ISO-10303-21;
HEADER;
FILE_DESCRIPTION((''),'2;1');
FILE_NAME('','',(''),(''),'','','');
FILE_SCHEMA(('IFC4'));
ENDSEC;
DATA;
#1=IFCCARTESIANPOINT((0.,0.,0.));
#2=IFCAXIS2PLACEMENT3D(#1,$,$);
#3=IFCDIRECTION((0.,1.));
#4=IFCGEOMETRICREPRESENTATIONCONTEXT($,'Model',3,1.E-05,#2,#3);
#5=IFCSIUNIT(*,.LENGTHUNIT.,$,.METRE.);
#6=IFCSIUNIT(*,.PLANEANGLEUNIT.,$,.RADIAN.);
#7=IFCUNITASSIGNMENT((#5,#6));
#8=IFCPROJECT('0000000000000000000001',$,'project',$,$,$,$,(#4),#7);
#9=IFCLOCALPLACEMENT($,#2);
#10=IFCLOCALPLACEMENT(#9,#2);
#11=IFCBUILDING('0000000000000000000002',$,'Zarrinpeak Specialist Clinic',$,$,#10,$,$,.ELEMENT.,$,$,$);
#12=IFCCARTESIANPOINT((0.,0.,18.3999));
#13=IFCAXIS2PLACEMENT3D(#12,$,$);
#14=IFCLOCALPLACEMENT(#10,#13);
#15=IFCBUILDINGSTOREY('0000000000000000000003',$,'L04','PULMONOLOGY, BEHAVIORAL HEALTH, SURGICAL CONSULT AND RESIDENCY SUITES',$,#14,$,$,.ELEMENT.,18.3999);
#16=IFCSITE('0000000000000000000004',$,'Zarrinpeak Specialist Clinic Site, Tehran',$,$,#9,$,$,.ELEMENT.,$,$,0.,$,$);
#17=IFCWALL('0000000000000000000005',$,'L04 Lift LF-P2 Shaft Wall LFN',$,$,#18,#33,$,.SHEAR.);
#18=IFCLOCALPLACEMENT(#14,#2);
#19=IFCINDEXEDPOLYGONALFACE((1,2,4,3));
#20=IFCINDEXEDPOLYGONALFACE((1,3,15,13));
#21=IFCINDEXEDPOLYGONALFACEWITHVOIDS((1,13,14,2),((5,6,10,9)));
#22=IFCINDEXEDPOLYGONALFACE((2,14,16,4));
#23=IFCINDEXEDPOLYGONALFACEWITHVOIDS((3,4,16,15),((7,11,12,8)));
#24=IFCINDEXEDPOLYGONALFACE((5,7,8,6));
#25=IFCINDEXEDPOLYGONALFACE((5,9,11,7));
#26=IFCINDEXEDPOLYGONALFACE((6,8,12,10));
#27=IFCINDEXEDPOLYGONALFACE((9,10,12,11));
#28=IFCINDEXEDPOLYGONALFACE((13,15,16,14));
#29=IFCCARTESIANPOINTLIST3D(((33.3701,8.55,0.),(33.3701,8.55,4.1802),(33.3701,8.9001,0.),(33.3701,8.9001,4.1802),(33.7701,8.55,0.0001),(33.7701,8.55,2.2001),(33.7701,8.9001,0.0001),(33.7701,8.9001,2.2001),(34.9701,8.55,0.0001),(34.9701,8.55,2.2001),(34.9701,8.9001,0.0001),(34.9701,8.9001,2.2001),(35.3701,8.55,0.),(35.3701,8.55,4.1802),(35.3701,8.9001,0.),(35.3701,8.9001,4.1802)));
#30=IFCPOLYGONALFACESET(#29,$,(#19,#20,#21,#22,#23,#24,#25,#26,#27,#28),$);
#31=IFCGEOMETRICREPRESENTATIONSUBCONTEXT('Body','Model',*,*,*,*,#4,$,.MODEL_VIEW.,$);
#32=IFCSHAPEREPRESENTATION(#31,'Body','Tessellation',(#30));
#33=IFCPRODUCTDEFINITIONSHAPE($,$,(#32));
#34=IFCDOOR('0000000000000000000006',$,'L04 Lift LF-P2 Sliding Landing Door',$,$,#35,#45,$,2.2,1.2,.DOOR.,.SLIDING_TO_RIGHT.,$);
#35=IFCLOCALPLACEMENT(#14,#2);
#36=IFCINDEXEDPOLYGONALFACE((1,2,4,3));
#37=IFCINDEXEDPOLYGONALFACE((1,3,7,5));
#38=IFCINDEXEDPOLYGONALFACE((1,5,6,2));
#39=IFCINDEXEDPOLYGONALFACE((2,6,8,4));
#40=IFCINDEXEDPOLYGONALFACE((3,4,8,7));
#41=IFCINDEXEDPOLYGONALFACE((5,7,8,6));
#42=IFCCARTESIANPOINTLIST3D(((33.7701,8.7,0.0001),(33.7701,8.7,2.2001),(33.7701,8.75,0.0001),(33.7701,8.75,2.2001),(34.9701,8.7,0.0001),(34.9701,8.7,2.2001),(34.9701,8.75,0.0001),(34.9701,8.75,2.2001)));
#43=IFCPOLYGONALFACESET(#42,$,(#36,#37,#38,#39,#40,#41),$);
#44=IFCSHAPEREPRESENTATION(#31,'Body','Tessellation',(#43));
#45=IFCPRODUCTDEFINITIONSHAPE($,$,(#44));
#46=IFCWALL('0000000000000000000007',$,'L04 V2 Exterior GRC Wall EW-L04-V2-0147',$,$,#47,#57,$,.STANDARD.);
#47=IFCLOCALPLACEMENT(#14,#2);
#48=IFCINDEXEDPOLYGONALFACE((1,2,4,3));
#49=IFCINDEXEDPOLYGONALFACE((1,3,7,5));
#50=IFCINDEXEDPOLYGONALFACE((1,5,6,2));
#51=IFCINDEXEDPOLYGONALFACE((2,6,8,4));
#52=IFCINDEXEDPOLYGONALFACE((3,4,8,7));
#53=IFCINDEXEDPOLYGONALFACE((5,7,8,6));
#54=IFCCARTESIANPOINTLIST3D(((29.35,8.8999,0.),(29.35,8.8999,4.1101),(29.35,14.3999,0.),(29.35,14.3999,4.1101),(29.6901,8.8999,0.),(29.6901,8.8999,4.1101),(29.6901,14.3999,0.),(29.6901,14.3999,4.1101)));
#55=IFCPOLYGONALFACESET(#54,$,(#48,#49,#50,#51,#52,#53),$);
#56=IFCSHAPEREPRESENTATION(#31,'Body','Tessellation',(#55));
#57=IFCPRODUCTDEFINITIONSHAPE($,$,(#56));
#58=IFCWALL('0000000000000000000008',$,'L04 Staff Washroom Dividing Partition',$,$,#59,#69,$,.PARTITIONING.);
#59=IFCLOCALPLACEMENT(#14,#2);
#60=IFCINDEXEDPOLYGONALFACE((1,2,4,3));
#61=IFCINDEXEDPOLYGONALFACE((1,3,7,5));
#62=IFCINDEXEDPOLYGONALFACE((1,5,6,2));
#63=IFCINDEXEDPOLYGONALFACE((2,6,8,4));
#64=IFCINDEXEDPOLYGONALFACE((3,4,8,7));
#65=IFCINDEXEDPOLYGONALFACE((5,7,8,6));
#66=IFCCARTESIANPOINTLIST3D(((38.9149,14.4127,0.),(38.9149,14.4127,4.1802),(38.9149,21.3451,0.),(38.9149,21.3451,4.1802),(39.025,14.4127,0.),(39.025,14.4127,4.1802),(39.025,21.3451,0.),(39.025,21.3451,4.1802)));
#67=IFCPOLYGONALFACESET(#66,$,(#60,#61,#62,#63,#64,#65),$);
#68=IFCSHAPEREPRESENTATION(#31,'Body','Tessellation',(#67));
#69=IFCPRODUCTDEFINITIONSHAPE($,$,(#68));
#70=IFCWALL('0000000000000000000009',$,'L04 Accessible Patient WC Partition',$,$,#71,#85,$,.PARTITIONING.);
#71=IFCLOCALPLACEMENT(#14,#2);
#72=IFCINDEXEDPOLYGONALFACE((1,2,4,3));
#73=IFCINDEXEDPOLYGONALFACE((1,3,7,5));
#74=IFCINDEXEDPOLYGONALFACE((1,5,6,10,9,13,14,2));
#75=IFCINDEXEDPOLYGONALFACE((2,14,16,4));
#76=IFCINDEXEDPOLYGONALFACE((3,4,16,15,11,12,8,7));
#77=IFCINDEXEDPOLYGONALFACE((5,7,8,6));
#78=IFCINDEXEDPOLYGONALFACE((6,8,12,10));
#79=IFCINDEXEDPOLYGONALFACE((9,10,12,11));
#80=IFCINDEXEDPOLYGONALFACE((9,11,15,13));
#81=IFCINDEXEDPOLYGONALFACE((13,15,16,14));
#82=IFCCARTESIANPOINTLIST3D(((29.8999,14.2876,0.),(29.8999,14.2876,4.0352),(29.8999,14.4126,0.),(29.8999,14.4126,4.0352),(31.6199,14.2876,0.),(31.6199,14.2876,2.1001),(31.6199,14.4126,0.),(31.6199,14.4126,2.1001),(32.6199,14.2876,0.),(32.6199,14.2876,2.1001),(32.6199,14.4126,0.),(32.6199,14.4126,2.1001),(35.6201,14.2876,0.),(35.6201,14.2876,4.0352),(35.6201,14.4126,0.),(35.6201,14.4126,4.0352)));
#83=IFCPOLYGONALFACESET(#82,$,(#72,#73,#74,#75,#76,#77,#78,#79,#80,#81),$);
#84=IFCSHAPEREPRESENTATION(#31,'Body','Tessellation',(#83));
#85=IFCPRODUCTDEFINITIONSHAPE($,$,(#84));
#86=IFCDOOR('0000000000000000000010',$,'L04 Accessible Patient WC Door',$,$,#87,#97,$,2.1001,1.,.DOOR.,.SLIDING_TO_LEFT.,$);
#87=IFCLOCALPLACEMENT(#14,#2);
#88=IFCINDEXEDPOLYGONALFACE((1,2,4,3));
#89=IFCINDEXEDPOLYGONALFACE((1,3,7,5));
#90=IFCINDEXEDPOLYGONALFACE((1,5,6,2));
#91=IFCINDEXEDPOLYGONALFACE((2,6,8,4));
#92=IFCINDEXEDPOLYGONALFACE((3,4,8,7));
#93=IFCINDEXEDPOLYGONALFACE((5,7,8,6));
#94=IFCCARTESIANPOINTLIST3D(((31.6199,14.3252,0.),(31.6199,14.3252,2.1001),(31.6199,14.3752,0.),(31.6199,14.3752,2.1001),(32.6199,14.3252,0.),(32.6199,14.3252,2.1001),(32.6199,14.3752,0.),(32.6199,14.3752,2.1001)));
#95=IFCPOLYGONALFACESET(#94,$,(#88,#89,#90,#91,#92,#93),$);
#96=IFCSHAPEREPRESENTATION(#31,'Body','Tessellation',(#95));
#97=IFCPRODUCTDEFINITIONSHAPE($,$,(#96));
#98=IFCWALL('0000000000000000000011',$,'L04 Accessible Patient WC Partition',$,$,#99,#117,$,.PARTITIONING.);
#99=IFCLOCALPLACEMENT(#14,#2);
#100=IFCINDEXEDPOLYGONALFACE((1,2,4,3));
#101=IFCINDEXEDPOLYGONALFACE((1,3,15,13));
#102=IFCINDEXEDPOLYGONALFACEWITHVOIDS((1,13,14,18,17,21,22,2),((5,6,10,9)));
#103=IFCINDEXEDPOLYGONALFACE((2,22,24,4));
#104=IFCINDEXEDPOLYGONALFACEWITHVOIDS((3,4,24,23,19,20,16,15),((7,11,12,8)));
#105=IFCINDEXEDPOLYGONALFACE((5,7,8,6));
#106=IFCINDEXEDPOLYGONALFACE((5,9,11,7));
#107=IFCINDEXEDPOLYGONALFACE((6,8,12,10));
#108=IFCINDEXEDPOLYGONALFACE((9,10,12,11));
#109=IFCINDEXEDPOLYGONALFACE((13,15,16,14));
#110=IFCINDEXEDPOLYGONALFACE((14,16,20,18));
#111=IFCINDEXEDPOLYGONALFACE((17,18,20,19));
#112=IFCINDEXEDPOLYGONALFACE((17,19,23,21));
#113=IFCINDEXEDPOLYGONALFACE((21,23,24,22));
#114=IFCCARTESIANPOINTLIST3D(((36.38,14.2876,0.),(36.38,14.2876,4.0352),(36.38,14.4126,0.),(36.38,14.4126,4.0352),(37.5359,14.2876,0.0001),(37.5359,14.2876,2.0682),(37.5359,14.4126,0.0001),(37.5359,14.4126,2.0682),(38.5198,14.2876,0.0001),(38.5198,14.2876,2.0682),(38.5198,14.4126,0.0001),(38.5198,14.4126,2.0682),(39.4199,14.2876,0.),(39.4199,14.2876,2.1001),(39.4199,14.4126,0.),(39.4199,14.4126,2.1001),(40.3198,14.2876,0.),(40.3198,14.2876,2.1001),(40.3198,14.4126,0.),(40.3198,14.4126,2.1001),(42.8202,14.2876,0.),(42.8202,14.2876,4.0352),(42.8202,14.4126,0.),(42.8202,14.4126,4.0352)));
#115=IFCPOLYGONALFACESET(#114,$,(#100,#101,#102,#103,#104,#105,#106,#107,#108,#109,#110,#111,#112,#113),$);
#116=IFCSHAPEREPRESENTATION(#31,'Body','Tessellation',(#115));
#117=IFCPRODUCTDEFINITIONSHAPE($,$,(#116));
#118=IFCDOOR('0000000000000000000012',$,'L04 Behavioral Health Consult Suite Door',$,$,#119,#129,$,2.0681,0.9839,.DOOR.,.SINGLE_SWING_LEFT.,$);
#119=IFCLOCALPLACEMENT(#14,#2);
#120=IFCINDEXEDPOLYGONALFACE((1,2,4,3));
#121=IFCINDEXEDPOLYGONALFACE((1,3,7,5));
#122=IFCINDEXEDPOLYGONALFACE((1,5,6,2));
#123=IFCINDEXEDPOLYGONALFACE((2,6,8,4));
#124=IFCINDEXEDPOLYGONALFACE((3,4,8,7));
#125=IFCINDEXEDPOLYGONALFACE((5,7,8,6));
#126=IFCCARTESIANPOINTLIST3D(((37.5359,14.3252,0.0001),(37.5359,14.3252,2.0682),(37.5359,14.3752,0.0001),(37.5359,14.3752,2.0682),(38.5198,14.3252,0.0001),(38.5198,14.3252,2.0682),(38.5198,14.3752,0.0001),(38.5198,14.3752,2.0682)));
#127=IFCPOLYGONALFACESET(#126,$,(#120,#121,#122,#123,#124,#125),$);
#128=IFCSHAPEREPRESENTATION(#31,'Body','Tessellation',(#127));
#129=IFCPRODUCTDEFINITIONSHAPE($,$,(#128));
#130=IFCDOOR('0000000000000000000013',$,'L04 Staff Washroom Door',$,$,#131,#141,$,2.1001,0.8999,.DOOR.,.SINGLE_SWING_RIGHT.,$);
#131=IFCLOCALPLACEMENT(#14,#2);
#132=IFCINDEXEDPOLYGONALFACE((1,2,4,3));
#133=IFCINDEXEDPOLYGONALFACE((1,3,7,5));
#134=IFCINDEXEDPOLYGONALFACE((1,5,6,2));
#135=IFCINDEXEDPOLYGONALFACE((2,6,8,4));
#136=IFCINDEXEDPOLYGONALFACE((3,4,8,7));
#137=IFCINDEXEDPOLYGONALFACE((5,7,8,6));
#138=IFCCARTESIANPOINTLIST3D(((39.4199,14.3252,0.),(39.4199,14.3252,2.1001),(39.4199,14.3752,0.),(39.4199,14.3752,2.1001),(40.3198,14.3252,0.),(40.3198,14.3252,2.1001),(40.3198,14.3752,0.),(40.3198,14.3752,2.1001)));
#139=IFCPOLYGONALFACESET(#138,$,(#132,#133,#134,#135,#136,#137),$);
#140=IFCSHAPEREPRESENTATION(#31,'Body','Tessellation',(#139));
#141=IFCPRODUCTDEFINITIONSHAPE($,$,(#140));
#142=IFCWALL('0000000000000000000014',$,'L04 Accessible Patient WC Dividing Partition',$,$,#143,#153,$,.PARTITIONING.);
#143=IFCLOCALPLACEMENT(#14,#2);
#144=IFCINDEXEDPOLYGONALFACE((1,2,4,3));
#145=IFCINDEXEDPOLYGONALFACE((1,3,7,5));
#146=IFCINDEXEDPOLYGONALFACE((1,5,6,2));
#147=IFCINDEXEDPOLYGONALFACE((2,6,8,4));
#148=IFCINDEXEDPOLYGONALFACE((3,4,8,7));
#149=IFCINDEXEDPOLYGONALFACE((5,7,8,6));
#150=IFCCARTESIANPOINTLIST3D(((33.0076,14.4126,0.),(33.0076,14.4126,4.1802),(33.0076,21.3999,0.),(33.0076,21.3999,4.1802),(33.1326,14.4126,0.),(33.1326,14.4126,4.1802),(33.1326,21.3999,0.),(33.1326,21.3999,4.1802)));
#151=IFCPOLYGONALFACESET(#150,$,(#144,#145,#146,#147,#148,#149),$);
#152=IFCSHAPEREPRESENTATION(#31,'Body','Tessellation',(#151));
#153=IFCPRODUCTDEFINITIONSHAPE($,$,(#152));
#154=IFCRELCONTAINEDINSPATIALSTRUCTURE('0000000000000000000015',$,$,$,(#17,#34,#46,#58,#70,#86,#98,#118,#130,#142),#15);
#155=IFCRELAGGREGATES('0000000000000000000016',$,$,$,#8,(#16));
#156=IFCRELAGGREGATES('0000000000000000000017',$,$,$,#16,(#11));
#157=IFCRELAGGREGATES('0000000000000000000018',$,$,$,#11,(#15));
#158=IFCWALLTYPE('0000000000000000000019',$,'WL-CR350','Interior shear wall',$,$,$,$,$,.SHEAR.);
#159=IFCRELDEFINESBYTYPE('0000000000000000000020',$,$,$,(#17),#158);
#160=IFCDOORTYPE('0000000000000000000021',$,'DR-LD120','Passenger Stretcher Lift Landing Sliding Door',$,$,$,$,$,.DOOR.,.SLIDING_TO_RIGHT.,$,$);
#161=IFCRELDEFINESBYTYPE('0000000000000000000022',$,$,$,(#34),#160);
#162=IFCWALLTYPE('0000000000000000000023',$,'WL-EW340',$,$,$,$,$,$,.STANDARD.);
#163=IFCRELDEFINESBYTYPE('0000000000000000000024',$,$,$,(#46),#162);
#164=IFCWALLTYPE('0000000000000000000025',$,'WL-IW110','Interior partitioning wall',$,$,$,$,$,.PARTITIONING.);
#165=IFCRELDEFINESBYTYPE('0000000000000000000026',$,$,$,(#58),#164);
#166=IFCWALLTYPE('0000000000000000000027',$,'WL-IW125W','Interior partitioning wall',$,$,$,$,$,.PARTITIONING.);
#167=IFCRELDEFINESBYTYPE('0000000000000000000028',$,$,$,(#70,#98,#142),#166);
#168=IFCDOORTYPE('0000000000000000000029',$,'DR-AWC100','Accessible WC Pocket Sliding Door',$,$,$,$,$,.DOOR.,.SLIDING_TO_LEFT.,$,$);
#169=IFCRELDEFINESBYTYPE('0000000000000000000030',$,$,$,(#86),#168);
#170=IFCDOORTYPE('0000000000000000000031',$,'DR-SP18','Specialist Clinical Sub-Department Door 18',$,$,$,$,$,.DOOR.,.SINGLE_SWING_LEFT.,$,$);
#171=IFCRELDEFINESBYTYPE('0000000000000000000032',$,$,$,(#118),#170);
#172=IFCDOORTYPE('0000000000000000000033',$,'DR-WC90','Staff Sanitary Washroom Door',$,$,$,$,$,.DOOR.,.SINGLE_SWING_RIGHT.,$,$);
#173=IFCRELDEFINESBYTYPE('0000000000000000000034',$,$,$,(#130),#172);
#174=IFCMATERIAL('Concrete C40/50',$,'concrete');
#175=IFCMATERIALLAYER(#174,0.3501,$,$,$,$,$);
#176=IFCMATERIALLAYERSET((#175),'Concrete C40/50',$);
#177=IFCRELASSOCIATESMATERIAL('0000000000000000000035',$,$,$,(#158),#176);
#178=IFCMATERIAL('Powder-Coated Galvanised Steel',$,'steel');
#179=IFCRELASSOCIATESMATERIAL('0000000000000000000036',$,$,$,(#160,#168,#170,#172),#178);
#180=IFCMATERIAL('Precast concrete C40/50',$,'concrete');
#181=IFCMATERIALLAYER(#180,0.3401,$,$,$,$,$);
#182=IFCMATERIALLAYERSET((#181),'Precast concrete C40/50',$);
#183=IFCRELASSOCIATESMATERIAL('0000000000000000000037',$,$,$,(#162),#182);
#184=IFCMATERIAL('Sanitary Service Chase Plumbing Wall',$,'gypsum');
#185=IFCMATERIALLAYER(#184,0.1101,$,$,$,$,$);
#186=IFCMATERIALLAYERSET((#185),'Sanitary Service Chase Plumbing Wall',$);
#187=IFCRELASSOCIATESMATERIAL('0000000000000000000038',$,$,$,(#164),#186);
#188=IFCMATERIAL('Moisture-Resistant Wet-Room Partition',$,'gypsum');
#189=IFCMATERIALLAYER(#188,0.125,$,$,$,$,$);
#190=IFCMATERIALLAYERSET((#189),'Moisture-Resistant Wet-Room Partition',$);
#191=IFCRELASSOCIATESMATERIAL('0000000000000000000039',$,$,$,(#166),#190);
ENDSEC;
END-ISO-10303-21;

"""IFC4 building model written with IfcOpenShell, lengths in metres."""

from ifc_helpers import new_model, si_unit, direction, frame, frame_2d, origin, place, context, subcontext, project, spatial, rectangle, extrude, material, layer, layer_set, type_object, element, fill, save


model = new_model("IFC4")

# Units and contexts
model_context = context("Model", 3, precision=1e-05, world=origin(), true_north=direction((0.0, 1.0)))
body_context = subcontext(model_context, "Body", "Model", "MODEL_VIEW")
ifc_project = project(units=[si_unit("LENGTHUNIT", "METRE"), si_unit("PLANEANGLEUNIT", "RADIAN")], contexts=[model_context])

# Site, building, storey
site_placement = place(None, origin())
site = spatial("IfcSite", under=ifc_project, at=site_placement, Name="Zarrinpeak Specialist Clinic Site, Tehran", CompositionType="ELEMENT", RefElevation=0.0)
building_placement = place(site_placement, origin())
building = spatial("IfcBuilding", under=site, at=building_placement, Name="Zarrinpeak Specialist Clinic", CompositionType="ELEMENT")
storey_placement = place(building_placement, frame((0.0, 0.0, 18.3999)))
storey = spatial("IfcBuildingStorey", under=building, at=storey_placement, Name="L04", Description="PULMONOLOGY, BEHAVIORAL HEALTH, SURGICAL CONSULT AND RESIDENCY SUITES", CompositionType="ELEMENT", Elevation=18.3999)

# Wall, opening, door
ifc_material_1 = material(Name="Concrete C40/50", Category="concrete")
ifc_layer_1 = layer(ifc_material_1, 0.3501)
ifc_layer_set_1 = layer_set([ifc_layer_1], Name="Concrete C40/50")
wall_type_1 = type_object("IfcWallType", Name="WL-CR350", Description="Interior shear wall", PredefinedType="SHEAR", material=ifc_layer_set_1)
ifc_material_2 = material(Name="Powder-Coated Galvanised Steel", Category="steel")
wall_1_placement = place(storey_placement, frame((33.3701, 8.7251, 0.0), z_axis=(0.0, 0.0, 1.0), x_axis=(1.0, 0.0, 0.0)))
wall_1 = element("IfcWall", 1, at=wall_1_placement, inside=storey, type_object=wall_type_1, Name="L04 Lift LF-P2 Shaft Wall LFN", PredefinedType="SHEAR", context=body_context, shape_type="SweptSolid", body=[
    extrude(rectangle(XDim=2.0, YDim=0.3501, at=frame_2d((1.0, 0.0))), origin(), (0.0, 0.0, 1.0), 4.1802),
])
opening_1_placement = place(wall_1_placement, frame((0.3999, 0.0, 0.0)))
opening_1 = element("IfcOpeningElement", 2, at=opening_1_placement, cuts=wall_1, PredefinedType="OPENING", context=body_context, shape_type="SweptSolid", body=[
    extrude(rectangle(XDim=1.2, YDim=2.2, at=frame_2d((0.6001, 1.1001))), frame((0.0, 0.1851, 0.0), z_axis=(0.0, -1.0, 0.0), x_axis=(1.0, 0.0, 0.0)), (0.0, 0.0, 1.0), 0.3701),
])
door_type_1 = type_object("IfcDoorType", Name="DR-LD120", Description="Passenger Stretcher Lift Landing Sliding Door", OperationType="SLIDING_TO_RIGHT", PredefinedType="DOOR", material=ifc_material_2)
door_1_placement = place(opening_1_placement, origin())
door_1 = element("IfcDoor", 3, at=door_1_placement, inside=storey, type_object=door_type_1, Name="L04 Lift LF-P2 Sliding Landing Door", OperationType="SLIDING_TO_RIGHT", OverallHeight=2.2, OverallWidth=1.2, PredefinedType="DOOR", context=body_context, shape_type="SweptSolid", body=[
    extrude(rectangle(XDim=1.2, YDim=2.2, at=frame_2d((0.6001, 1.1001))), frame((0.0, 0.0249, 0.0), z_axis=(0.0, -1.0, 0.0), x_axis=(1.0, 0.0, 0.0)), (0.0, 0.0, 1.0), 0.05),
])
fill(opening_1, door_1)

# Walls
ifc_material_3 = material(Name="Precast concrete C40/50", Category="concrete")
ifc_layer_2 = layer(ifc_material_3, 0.3401)
ifc_layer_set_2 = layer_set([ifc_layer_2], Name="Precast concrete C40/50")
wall_type_2 = type_object("IfcWallType", Name="WL-EW340", PredefinedType="STANDARD", material=ifc_layer_set_2)
wall_2_placement = place(storey_placement, frame((29.52, 14.3999, 0.0), z_axis=(0.0, 0.0, 1.0), x_axis=(0.0, -1.0, 0.0)))
element("IfcWall", 4, at=wall_2_placement, inside=storey, type_object=wall_type_2, Name="L04 V2 Exterior GRC Wall EW-L04-V2-0147", PredefinedType="STANDARD", context=body_context, shape_type="SweptSolid", body=[
    extrude(rectangle(XDim=5.5, YDim=0.3401, at=frame_2d((2.75, 0.0))), origin(), (0.0, 0.0, 1.0), 4.1101),
])
ifc_material_4 = material(Name="Sanitary Service Chase Plumbing Wall", Category="gypsum")
ifc_layer_3 = layer(ifc_material_4, 0.1101)
ifc_layer_set_3 = layer_set([ifc_layer_3], Name="Sanitary Service Chase Plumbing Wall")
wall_type_3 = type_object("IfcWallType", Name="WL-IW110", Description="Interior partitioning wall", PredefinedType="PARTITIONING", material=ifc_layer_set_3)
wall_3_placement = place(storey_placement, frame((38.97, 14.4126, 0.0), z_axis=(0.0, 0.0, 1.0), x_axis=(0.0, 1.0, 0.0)))
element("IfcWall", 5, at=wall_3_placement, inside=storey, type_object=wall_type_3, Name="L04 Staff Washroom Dividing Partition", PredefinedType="PARTITIONING", context=body_context, shape_type="SweptSolid", body=[
    extrude(rectangle(XDim=6.9324, YDim=0.1101, at=frame_2d((3.4663, 0.0))), origin(), (0.0, 0.0, 1.0), 4.1802),
])

# Wall, opening, door
ifc_material_5 = material(Name="Moisture-Resistant Wet-Room Partition", Category="gypsum")
ifc_layer_4 = layer(ifc_material_5, 0.125)
ifc_layer_set_4 = layer_set([ifc_layer_4], Name="Moisture-Resistant Wet-Room Partition")
wall_type_4 = type_object("IfcWallType", Name="WL-IW125W", Description="Interior partitioning wall", PredefinedType="PARTITIONING", material=ifc_layer_set_4)
wall_4_placement = place(storey_placement, frame((29.8999, 14.3501, 0.0), z_axis=(0.0, 0.0, 1.0), x_axis=(1.0, 0.0, 0.0)))
wall_4 = element("IfcWall", 6, at=wall_4_placement, inside=storey, type_object=wall_type_4, Name="L04 Accessible Patient WC Partition", PredefinedType="PARTITIONING", context=body_context, shape_type="SweptSolid", body=[
    extrude(rectangle(XDim=5.7202, YDim=0.125, at=frame_2d((2.8601, 0.0))), origin(), (0.0, 0.0, 1.0), 4.0352),
])
opening_2_placement = place(wall_4_placement, frame((1.72, 0.0, 0.0)))
opening_2 = element("IfcOpeningElement", 7, at=opening_2_placement, cuts=wall_4, PredefinedType="OPENING", context=body_context, shape_type="SweptSolid", body=[
    extrude(rectangle(XDim=1.0, YDim=2.1001, at=frame_2d((0.5, 1.05))), frame((0.0, 0.0725, 0.0), z_axis=(0.0, -1.0, 0.0), x_axis=(1.0, 0.0, 0.0)), (0.0, 0.0, 1.0), 0.145),
])
door_type_2 = type_object("IfcDoorType", Name="DR-AWC100", Description="Accessible WC Pocket Sliding Door", OperationType="SLIDING_TO_LEFT", PredefinedType="DOOR", material=ifc_material_2)
door_2_placement = place(opening_2_placement, frame((1.0, 0.0, 0.0), z_axis=(0.0, 0.0, 1.0), x_axis=(-1.0, 0.0, 0.0)))
door_2 = element("IfcDoor", 8, at=door_2_placement, inside=storey, type_object=door_type_2, Name="L04 Accessible Patient WC Door", OperationType="SLIDING_TO_LEFT", OverallHeight=2.1001, OverallWidth=1.0, PredefinedType="DOOR", context=body_context, shape_type="SweptSolid", body=[
    extrude(rectangle(XDim=1.0, YDim=2.1001, at=frame_2d((0.5, 1.05))), frame((0.0, 0.0249, 0.0), z_axis=(0.0, -1.0, 0.0), x_axis=(1.0, 0.0, 0.0)), (0.0, 0.0, 1.0), 0.05),
])
fill(opening_2, door_2)

# Wall, openings, doors
wall_5_placement = place(storey_placement, frame((36.3799, 14.3501, 0.0), z_axis=(0.0, 0.0, 1.0), x_axis=(1.0, 0.0, 0.0)))
wall_5 = element("IfcWall", 9, at=wall_5_placement, inside=storey, type_object=wall_type_4, Name="L04 Accessible Patient WC Partition", PredefinedType="PARTITIONING", context=body_context, shape_type="SweptSolid", body=[
    extrude(rectangle(XDim=6.4402, YDim=0.125, at=frame_2d((3.2202, 0.0))), origin(), (0.0, 0.0, 1.0), 4.0352),
])
opening_3_placement = place(wall_5_placement, frame((3.04, 0.0, 0.0)))
opening_3 = element("IfcOpeningElement", 10, at=opening_3_placement, cuts=wall_5, PredefinedType="OPENING", context=body_context, shape_type="SweptSolid", body=[
    extrude(rectangle(XDim=0.8999, YDim=2.1001, at=frame_2d((0.45, 1.05))), frame((0.0, 0.0725, 0.0), z_axis=(0.0, -1.0, 0.0), x_axis=(1.0, 0.0, 0.0)), (0.0, 0.0, 1.0), 0.145),
])
opening_4_placement = place(wall_5_placement, frame((1.156, 0.0, 0.0)))
opening_4 = element("IfcOpeningElement", 11, at=opening_4_placement, cuts=wall_5, PredefinedType="OPENING", context=body_context, shape_type="SweptSolid", body=[
    extrude(rectangle(XDim=0.9839, YDim=2.0681, at=frame_2d((0.4919, 1.0342))), frame((0.0, 0.0725, 0.0), z_axis=(0.0, -1.0, 0.0), x_axis=(1.0, 0.0, 0.0)), (0.0, 0.0, 1.0), 0.145),
])
door_type_3 = type_object("IfcDoorType", Name="DR-SP18", Description="Specialist Clinical Sub-Department Door 18", OperationType="SINGLE_SWING_LEFT", PredefinedType="DOOR", material=ifc_material_2)
door_3_placement = place(opening_4_placement, frame((0.9839, 0.0, 0.0), z_axis=(0.0, 0.0, 1.0), x_axis=(-1.0, 0.0, 0.0)))
door_3 = element("IfcDoor", 12, at=door_3_placement, inside=storey, type_object=door_type_3, Name="L04 Behavioral Health Consult Suite Door", OperationType="SINGLE_SWING_LEFT", OverallHeight=2.0681, OverallWidth=0.9839, PredefinedType="DOOR", context=body_context, shape_type="SweptSolid", body=[
    extrude(rectangle(XDim=0.9839, YDim=2.0681, at=frame_2d((0.4919, 1.0342))), frame((0.0, 0.0249, 0.0), z_axis=(0.0, -1.0, 0.0), x_axis=(1.0, 0.0, 0.0)), (0.0, 0.0, 1.0), 0.05),
])
fill(opening_4, door_3)
door_type_4 = type_object("IfcDoorType", Name="DR-WC90", Description="Staff Sanitary Washroom Door", OperationType="SINGLE_SWING_RIGHT", PredefinedType="DOOR", material=ifc_material_2)
door_4_placement = place(opening_3_placement, frame((0.8999, 0.0, 0.0), z_axis=(0.0, 0.0, 1.0), x_axis=(-1.0, 0.0, 0.0)))
door_4 = element("IfcDoor", 13, at=door_4_placement, inside=storey, type_object=door_type_4, Name="L04 Staff Washroom Door", OperationType="SINGLE_SWING_RIGHT", OverallHeight=2.1001, OverallWidth=0.8999, PredefinedType="DOOR", context=body_context, shape_type="SweptSolid", body=[
    extrude(rectangle(XDim=0.8999, YDim=2.1001, at=frame_2d((0.45, 1.05))), frame((0.0, 0.0249, 0.0), z_axis=(0.0, -1.0, 0.0), x_axis=(1.0, 0.0, 0.0)), (0.0, 0.0, 1.0), 0.05),
])
fill(opening_3, door_4)

# Wall
wall_6_placement = place(storey_placement, frame((33.0701, 14.4126, 0.0), z_axis=(0.0, 0.0, 1.0), x_axis=(0.0, 1.0, 0.0)))
element("IfcWall", 14, at=wall_6_placement, inside=storey, type_object=wall_type_4, Name="L04 Accessible Patient WC Dividing Partition", PredefinedType="PARTITIONING", context=body_context, shape_type="SweptSolid", body=[
    extrude(rectangle(XDim=6.9873, YDim=0.125, at=frame_2d((3.4937, 0.0))), origin(), (0.0, 0.0, 1.0), 4.1802),
])

save(model, "model.ifc")
